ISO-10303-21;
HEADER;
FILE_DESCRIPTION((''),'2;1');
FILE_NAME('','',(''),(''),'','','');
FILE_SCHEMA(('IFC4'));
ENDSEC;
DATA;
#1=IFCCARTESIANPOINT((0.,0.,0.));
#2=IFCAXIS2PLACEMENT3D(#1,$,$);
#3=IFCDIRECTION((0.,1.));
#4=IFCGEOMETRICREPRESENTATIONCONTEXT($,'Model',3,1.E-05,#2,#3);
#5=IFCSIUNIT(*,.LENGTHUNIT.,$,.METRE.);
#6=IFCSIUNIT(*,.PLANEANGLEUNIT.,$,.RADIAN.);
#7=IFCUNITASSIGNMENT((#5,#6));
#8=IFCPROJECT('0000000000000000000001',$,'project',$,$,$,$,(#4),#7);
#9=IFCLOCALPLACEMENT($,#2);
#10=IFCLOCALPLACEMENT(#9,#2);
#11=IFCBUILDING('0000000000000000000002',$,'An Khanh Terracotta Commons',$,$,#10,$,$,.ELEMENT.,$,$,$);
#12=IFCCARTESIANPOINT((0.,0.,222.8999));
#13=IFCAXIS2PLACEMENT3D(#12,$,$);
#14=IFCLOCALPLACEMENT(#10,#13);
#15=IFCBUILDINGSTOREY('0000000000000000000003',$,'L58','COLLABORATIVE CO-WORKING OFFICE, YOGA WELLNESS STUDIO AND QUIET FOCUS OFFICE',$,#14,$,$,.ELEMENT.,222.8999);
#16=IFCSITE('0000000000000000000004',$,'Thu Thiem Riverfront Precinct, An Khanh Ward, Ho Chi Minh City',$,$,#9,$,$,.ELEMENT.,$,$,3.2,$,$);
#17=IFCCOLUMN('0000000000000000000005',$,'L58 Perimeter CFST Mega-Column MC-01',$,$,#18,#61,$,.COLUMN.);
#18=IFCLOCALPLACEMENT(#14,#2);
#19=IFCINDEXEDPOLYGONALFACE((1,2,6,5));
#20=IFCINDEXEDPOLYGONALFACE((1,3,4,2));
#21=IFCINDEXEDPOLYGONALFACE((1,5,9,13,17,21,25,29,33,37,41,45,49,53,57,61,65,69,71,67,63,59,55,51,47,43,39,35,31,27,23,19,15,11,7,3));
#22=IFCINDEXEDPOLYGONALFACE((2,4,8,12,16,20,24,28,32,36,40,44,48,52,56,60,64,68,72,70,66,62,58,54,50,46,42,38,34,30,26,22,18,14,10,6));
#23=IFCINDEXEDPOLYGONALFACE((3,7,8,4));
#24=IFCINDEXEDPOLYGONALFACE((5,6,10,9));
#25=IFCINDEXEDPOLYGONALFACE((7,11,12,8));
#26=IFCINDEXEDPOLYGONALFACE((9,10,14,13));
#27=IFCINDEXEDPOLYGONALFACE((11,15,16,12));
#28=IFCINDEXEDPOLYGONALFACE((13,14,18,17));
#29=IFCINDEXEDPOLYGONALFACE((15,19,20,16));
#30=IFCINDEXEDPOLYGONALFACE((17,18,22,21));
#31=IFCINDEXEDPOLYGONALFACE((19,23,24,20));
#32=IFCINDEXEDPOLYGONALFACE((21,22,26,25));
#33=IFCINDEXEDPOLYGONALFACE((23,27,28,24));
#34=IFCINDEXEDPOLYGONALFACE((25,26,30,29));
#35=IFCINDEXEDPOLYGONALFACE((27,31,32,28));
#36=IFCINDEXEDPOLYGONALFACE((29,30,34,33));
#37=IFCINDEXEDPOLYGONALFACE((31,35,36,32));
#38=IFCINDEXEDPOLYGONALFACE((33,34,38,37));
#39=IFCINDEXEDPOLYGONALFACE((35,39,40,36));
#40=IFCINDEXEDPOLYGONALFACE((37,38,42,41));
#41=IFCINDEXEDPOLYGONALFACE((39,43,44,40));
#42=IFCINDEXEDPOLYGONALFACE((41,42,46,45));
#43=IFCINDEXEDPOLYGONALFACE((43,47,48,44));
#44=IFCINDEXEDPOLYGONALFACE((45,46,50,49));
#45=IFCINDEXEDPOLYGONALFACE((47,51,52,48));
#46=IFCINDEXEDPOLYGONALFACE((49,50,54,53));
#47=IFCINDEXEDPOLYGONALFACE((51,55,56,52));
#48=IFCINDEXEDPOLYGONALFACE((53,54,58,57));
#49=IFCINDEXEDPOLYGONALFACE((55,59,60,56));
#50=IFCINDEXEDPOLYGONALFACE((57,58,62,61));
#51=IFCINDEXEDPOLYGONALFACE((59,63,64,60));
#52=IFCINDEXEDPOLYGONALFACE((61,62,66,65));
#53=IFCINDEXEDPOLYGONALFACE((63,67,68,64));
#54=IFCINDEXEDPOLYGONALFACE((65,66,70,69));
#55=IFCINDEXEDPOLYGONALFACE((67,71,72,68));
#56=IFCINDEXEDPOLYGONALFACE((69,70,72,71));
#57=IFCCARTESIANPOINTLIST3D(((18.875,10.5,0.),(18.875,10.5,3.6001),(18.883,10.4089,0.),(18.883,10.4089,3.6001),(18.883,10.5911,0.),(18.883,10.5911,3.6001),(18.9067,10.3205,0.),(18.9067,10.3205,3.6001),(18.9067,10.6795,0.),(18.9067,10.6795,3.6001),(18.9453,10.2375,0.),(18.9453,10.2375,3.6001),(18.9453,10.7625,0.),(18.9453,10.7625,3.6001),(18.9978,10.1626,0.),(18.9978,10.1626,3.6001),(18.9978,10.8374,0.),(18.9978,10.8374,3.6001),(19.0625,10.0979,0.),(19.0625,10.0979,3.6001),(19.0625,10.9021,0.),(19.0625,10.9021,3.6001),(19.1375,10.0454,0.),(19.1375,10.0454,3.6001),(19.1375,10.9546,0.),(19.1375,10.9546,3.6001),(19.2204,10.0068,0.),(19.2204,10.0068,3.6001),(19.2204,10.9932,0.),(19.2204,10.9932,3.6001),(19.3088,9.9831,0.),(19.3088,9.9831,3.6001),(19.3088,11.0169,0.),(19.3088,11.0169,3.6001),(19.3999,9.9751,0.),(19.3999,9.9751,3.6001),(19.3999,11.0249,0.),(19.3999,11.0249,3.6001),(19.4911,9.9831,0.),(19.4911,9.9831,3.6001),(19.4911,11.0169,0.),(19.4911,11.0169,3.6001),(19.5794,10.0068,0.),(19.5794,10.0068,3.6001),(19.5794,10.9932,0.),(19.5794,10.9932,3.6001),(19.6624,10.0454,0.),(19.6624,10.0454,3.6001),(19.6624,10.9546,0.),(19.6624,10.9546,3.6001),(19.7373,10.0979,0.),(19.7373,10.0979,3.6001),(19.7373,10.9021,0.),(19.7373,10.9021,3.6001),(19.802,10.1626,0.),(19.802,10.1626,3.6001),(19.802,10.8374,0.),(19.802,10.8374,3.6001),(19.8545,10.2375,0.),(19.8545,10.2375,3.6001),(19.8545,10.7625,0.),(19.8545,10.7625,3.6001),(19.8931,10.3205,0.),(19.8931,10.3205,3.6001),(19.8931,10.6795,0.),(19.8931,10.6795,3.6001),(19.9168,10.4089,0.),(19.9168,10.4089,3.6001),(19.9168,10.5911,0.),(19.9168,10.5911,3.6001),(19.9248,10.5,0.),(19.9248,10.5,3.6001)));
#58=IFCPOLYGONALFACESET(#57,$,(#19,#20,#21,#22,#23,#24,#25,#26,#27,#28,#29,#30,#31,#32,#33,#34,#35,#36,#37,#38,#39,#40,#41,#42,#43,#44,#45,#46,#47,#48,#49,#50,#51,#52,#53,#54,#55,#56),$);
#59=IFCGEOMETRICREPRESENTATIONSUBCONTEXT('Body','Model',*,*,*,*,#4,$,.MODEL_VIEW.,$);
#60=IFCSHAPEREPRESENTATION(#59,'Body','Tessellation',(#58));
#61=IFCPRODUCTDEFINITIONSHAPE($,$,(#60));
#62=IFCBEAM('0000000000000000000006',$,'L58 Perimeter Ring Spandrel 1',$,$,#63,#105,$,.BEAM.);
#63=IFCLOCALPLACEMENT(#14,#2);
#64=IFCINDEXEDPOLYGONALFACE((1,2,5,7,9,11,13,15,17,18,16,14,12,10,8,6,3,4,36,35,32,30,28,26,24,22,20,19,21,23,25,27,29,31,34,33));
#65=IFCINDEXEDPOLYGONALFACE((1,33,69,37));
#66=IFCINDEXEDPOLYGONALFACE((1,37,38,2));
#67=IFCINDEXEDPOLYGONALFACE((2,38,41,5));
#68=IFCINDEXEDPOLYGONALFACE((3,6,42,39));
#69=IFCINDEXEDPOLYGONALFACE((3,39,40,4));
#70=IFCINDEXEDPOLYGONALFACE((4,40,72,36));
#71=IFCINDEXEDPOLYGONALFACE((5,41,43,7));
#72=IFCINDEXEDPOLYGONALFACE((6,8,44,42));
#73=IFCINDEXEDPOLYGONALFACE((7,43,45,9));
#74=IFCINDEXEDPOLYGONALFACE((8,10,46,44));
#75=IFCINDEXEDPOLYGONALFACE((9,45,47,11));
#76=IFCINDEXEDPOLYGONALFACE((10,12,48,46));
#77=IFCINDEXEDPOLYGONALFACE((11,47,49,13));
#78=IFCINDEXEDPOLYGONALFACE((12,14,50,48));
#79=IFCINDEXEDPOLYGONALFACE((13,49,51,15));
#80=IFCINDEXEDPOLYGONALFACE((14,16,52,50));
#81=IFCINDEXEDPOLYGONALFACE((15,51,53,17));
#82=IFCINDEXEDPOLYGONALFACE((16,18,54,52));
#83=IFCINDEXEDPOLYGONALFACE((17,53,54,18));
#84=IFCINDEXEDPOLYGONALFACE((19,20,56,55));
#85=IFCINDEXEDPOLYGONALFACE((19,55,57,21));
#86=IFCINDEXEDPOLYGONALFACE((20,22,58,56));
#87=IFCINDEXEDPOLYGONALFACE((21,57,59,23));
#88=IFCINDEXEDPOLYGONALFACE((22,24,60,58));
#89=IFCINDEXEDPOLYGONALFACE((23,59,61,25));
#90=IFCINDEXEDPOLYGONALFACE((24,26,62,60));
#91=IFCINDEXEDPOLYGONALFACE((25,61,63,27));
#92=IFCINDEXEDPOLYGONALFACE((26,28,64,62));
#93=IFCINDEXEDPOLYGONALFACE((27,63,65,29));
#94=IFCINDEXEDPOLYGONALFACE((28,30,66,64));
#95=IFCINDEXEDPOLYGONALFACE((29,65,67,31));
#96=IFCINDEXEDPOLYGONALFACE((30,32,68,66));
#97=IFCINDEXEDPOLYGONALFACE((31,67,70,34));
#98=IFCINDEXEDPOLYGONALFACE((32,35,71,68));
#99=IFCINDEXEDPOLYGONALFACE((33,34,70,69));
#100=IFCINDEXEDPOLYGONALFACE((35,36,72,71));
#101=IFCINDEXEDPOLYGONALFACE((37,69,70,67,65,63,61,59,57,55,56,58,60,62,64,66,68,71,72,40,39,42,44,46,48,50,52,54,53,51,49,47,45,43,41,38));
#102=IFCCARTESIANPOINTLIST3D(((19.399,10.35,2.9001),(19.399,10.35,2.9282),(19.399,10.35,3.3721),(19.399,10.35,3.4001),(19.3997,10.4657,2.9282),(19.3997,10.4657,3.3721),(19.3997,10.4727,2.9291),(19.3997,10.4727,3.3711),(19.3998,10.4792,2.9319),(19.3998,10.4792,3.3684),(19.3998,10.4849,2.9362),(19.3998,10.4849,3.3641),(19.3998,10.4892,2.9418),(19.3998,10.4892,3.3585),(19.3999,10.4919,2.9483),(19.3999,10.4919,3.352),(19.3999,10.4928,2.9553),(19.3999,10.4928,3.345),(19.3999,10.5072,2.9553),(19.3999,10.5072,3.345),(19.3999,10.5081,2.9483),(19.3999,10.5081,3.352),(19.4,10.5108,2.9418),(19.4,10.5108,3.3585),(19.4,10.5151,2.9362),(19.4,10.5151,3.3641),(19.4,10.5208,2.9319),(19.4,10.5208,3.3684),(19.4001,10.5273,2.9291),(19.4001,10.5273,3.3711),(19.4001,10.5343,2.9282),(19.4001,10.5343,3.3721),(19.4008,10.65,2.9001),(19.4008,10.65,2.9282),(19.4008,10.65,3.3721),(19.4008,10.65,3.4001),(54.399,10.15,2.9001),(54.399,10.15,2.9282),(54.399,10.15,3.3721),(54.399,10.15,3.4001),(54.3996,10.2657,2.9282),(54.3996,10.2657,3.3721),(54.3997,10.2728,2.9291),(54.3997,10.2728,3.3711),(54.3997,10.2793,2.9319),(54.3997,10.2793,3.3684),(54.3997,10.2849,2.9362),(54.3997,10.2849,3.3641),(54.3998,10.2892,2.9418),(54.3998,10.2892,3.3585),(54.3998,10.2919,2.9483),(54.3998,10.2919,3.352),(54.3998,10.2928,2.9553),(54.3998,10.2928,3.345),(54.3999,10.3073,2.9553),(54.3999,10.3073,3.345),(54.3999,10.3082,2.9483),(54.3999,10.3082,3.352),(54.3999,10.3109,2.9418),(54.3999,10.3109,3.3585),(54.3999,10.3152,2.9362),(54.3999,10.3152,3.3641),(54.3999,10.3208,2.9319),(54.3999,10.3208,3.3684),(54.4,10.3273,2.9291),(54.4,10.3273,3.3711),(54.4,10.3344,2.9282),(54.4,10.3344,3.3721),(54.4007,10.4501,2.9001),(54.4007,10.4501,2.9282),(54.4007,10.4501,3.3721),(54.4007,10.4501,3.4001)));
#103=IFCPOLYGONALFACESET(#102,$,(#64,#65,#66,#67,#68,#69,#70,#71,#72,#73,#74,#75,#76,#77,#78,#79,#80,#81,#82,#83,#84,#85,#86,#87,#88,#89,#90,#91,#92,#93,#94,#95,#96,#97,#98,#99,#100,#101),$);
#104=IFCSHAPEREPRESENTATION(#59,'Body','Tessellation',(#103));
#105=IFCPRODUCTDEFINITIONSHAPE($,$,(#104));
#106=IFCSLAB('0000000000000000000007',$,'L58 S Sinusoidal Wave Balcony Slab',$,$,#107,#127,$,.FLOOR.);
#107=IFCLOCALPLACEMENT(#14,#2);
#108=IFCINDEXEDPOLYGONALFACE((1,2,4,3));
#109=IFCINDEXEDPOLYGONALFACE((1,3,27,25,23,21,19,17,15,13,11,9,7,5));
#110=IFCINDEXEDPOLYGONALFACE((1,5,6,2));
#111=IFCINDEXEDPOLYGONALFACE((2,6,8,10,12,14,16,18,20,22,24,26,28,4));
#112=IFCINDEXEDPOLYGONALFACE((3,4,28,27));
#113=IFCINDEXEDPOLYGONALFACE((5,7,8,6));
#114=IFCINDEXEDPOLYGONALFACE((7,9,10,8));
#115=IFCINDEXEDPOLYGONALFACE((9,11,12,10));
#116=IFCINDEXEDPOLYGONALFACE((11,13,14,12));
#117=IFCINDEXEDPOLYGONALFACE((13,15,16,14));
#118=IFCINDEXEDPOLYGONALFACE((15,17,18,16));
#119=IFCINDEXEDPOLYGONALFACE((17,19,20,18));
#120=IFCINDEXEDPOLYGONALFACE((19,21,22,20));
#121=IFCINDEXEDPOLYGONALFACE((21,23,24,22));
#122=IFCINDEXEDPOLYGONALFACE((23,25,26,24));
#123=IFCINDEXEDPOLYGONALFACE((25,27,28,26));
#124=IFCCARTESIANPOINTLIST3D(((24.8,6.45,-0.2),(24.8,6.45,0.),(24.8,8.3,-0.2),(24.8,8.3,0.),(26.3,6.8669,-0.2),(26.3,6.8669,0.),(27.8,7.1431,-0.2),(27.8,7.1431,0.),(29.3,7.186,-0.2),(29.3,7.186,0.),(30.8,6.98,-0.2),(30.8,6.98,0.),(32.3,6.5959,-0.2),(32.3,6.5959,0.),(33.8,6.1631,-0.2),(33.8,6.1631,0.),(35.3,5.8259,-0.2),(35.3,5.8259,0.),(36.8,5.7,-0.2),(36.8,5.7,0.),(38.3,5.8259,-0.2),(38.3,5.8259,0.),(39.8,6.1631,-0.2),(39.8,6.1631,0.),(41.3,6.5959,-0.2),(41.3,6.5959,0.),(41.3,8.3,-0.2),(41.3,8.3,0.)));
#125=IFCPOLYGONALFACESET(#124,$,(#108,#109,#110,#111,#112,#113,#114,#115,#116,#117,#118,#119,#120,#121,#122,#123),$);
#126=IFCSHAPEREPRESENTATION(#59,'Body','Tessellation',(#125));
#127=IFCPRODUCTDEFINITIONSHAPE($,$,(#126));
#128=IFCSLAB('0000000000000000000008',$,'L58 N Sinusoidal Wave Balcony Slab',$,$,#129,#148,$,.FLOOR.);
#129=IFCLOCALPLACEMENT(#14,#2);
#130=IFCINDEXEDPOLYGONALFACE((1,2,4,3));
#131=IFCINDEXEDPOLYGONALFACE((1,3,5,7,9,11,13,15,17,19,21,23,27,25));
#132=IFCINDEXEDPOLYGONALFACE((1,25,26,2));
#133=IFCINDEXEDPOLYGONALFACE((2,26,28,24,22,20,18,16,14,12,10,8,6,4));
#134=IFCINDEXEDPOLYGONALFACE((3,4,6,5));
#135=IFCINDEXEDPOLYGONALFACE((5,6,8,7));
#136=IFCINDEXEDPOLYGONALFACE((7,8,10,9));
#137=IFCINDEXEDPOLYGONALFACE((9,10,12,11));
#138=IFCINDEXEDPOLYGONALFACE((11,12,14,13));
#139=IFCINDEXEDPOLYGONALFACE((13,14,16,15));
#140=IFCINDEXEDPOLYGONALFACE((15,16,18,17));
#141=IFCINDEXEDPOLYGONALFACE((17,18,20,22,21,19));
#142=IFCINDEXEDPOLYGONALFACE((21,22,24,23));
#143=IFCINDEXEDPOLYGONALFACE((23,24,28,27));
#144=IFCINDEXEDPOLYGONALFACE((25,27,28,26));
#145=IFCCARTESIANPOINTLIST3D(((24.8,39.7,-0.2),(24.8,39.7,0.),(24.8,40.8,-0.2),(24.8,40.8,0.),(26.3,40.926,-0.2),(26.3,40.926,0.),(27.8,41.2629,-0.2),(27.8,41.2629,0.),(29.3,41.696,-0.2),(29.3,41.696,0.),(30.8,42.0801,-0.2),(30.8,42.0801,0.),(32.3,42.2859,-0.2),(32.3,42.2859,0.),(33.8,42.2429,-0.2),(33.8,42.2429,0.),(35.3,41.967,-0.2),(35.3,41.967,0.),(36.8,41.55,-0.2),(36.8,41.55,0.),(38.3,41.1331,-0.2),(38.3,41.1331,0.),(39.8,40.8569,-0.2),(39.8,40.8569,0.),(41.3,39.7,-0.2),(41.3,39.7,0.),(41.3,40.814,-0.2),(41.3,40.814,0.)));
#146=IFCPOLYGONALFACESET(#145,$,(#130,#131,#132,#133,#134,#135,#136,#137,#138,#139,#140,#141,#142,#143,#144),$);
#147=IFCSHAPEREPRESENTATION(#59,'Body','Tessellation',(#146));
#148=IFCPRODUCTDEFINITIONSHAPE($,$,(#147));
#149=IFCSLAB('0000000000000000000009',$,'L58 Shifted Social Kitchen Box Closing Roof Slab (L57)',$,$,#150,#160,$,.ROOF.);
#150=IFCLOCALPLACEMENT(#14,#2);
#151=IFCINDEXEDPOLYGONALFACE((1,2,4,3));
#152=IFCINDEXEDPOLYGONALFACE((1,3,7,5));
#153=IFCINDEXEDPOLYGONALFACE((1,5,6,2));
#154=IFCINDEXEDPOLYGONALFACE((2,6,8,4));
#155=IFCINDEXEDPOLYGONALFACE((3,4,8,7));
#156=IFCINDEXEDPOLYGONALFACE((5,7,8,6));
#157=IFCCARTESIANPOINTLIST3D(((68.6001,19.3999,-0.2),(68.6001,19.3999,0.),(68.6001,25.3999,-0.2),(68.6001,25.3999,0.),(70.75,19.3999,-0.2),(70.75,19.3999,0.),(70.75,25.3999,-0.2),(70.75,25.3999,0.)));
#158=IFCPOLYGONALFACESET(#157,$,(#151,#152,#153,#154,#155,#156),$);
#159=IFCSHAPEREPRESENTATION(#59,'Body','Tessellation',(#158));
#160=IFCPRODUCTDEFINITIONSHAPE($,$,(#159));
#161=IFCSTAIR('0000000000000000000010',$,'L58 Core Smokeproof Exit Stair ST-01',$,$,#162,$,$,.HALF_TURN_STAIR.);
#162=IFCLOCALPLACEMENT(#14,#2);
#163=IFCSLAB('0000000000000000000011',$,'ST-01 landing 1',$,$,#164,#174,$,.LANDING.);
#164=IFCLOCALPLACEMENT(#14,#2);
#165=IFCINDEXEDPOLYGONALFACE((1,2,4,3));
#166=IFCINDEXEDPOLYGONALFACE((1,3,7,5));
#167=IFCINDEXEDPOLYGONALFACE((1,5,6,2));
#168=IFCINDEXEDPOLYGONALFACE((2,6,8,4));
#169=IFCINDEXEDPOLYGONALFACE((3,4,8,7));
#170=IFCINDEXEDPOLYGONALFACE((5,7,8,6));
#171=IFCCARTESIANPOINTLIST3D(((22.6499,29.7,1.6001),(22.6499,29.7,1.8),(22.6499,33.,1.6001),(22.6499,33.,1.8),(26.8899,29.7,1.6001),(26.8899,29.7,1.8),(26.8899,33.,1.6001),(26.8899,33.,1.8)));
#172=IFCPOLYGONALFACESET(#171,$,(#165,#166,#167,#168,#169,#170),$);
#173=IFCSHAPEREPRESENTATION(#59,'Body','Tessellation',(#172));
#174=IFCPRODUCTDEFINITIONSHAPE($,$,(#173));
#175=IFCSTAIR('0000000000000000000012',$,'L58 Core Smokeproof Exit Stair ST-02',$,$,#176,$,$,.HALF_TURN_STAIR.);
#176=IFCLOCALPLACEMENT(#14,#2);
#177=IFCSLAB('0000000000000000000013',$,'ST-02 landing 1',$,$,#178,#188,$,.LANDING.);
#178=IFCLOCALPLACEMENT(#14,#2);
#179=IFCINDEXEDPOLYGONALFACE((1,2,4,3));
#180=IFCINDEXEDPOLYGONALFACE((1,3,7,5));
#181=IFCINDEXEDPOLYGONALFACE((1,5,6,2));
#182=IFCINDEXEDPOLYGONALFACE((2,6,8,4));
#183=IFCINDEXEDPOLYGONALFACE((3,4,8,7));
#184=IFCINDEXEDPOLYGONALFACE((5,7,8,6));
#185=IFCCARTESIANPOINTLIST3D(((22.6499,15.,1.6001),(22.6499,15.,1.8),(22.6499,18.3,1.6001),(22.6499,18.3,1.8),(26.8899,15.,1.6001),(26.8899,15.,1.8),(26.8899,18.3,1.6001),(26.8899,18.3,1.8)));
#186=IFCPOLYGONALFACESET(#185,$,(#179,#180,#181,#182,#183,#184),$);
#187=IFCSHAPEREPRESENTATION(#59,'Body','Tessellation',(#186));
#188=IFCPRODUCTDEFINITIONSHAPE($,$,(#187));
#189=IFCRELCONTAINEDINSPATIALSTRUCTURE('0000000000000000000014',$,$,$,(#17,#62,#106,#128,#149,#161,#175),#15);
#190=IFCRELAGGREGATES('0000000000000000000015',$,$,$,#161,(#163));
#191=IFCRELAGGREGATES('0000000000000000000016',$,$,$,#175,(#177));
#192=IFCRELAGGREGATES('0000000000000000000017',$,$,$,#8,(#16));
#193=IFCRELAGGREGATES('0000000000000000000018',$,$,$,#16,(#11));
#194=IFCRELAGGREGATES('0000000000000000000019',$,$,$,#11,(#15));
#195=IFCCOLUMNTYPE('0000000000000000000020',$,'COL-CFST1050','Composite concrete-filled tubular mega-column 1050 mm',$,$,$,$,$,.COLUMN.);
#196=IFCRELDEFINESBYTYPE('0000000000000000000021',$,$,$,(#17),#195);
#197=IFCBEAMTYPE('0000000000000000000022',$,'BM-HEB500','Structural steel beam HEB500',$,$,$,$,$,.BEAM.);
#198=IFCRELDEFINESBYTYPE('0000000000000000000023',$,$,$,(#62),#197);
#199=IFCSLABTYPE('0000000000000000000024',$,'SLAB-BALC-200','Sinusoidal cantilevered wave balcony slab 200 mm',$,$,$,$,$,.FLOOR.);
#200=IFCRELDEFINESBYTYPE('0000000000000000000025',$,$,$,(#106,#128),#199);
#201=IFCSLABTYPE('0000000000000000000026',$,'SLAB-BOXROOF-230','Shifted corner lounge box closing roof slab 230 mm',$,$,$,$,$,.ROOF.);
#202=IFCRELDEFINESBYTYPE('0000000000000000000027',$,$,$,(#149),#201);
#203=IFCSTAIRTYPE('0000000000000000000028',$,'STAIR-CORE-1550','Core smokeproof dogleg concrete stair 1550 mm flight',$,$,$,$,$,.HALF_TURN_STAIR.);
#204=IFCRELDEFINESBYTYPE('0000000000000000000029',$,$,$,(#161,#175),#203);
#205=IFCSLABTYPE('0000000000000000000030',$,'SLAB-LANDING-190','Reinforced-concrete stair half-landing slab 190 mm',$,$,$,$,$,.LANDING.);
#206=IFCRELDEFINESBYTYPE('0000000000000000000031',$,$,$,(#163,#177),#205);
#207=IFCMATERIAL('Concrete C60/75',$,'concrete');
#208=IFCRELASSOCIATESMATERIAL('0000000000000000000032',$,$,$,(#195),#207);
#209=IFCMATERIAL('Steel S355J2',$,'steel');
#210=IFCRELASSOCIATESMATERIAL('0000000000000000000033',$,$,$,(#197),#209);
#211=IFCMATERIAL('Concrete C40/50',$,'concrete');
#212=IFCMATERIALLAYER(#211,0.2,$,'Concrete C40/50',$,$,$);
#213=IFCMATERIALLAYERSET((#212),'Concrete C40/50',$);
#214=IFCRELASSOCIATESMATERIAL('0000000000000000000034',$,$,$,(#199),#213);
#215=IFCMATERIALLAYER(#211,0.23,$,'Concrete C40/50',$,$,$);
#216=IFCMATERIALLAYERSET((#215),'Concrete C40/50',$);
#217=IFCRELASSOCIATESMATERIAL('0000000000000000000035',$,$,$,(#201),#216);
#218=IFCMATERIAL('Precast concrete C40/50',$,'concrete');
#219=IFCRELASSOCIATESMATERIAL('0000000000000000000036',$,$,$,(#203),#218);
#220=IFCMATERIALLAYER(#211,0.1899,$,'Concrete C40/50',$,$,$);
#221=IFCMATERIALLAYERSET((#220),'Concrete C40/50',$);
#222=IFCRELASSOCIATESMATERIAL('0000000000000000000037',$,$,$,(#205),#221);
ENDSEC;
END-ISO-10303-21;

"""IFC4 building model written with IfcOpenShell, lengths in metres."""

from ifc_helpers import new_model, si_unit, direction, frame, origin, origin_2d, place, context, subcontext, project, spatial, polyline, circle, i_section, outline, extrude, material, layer, layer_set, material_profile, profile_set, type_object, element, aggregate, save


model = new_model("IFC4")

# Units and contexts
model_context = context("Model", 3, precision=1e-05, world=origin(), true_north=direction((0.0, 1.0)))
body_context = subcontext(model_context, "Body", "Model", "MODEL_VIEW")
ifc_project = project(units=[si_unit("LENGTHUNIT", "METRE"), si_unit("PLANEANGLEUNIT", "RADIAN")], contexts=[model_context])

# Site, building, storey
site_placement = place(None, origin())
site = spatial("IfcSite", under=ifc_project, at=site_placement, Name="Thu Thiem Riverfront Precinct, An Khanh Ward, Ho Chi Minh City", CompositionType="ELEMENT", RefElevation=3.2)
building_placement = place(site_placement, origin())
building = spatial("IfcBuilding", under=site, at=building_placement, Name="An Khanh Terracotta Commons", CompositionType="ELEMENT")
storey_placement = place(building_placement, frame((0.0, 0.0, 222.8999)))
storey = spatial("IfcBuildingStorey", under=building, at=storey_placement, Name="L58", Description="COLLABORATIVE CO-WORKING OFFICE, YOGA WELLNESS STUDIO AND QUIET FOCUS OFFICE", CompositionType="ELEMENT", Elevation=222.8999)

# Column
ifc_material_1 = material(Name="Concrete C60/75", Category="concrete")
ifc_material_profile_1 = material_profile(ifc_material_1, circle(Radius=0.5249, at=origin_2d()), Name="CFST1050")
ifc_profile_set_1 = profile_set([ifc_material_profile_1], Name="Concrete C60/75")
column_type = type_object("IfcColumnType", Name="COL-CFST1050", Description="Composite concrete-filled tubular mega-column 1050 mm", PredefinedType="COLUMN", material=ifc_profile_set_1)
column_placement = place(storey_placement, frame((19.3999, 10.5, 0.0), z_axis=(0.0, 0.0, 1.0), x_axis=(1.0, 0.0, 0.0)))
element("IfcColumn", 1, at=column_placement, inside=storey, type_object=column_type, Name="L58 Perimeter CFST Mega-Column MC-01", PredefinedType="COLUMN", context=body_context, shape_type="SweptSolid", body=[
    extrude(circle(Radius=0.5249, at=origin_2d()), origin(), (0.0, 0.0, 1.0), 3.6001),
])

# Beam
ifc_material_2 = material(Name="Steel S355J2", Category="steel")
ifc_material_profile_2 = material_profile(ifc_material_2, i_section(OverallWidth=0.3, OverallDepth=0.5, WebThickness=0.0144, FlangeThickness=0.0281, FilletRadius=0.0271, at=origin_2d()), Name="HEB500")
ifc_profile_set_2 = profile_set([ifc_material_profile_2], Name="Steel S355J2")
beam_type = type_object("IfcBeamType", Name="BM-HEB500", Description="Structural steel beam HEB500", PredefinedType="BEAM", material=ifc_profile_set_2)
beam_placement = place(storey_placement, frame((19.3999, 10.5, 3.1501), z_axis=(0.999984, -0.005713, 0.0), x_axis=(0.005713, 0.999984, 0.0)))
element("IfcBeam", 2, at=beam_placement, inside=storey, type_object=beam_type, Name="L58 Perimeter Ring Spandrel 1", PredefinedType="BEAM", context=body_context, shape_type="SweptSolid", body=[
    extrude(i_section(OverallWidth=0.3, OverallDepth=0.5, WebThickness=0.0144, FlangeThickness=0.0281, FilletRadius=0.0271, at=origin_2d()), origin(), (0.0, 0.0, 1.0), 35.0005),
])

# Slabs
ifc_material_3 = material(Name="Concrete C40/50", Category="concrete")
ifc_layer_1 = layer(ifc_material_3, 0.2, Name="Concrete C40/50")
ifc_layer_set_1 = layer_set([ifc_layer_1], Name="Concrete C40/50")
slab_type_1 = type_object("IfcSlabType", Name="SLAB-BALC-200", Description="Sinusoidal cantilevered wave balcony slab 200 mm", PredefinedType="FLOOR", material=ifc_layer_set_1)
slab_1_placement = place(storey_placement, frame((0.0, 0.0, -0.2)))
element("IfcSlab", 3, at=slab_1_placement, inside=storey, type_object=slab_type_1, Name="L58 S Sinusoidal Wave Balcony Slab", PredefinedType="FLOOR", context=body_context, shape_type="SweptSolid", body=[
    extrude(outline(polyline([(24.8, 8.3), (24.8, 6.45), (26.3, 6.8669), (27.8, 7.1431), (29.3, 7.186), (30.8, 6.98), (32.3, 6.5959), (33.8, 6.1631), (35.3, 5.8259), (36.8, 5.7), (38.3, 5.8259), (39.8, 6.1631), (41.3, 6.5959), (41.3, 8.3), (24.8, 8.3)])), origin(), (0.0, 0.0, 1.0), 0.2),
])
slab_2_placement = place(storey_placement, frame((0.0, 0.0, -0.2)))
element("IfcSlab", 4, at=slab_2_placement, inside=storey, type_object=slab_type_1, Name="L58 N Sinusoidal Wave Balcony Slab", PredefinedType="FLOOR", context=body_context, shape_type="SweptSolid", body=[
    extrude(outline(polyline([(41.3, 39.7), (41.3, 40.814), (39.8, 40.8569), (38.3, 41.1331), (36.8, 41.55), (35.3, 41.967), (33.8, 42.2429), (32.3, 42.2859), (30.8, 42.0801), (29.3, 41.696), (27.8, 41.2629), (26.3, 40.926), (24.8, 40.8), (24.8, 39.7), (41.3, 39.7)])), origin(), (0.0, 0.0, 1.0), 0.2),
])
ifc_layer_2 = layer(ifc_material_3, 0.23, Name="Concrete C40/50")
ifc_layer_set_2 = layer_set([ifc_layer_2], Name="Concrete C40/50")
slab_type_2 = type_object("IfcSlabType", Name="SLAB-BOXROOF-230", Description="Shifted corner lounge box closing roof slab 230 mm", PredefinedType="ROOF", material=ifc_layer_set_2)
slab_3_placement = place(storey_placement, frame((0.0, 0.0, -0.2)))
element("IfcSlab", 5, at=slab_3_placement, inside=storey, type_object=slab_type_2, Name="L58 Shifted Social Kitchen Box Closing Roof Slab (L57)", PredefinedType="ROOF", context=body_context, shape_type="SweptSolid", body=[
    extrude(outline(polyline([(68.6001, 19.3999), (70.75, 19.3999), (70.75, 25.3999), (68.6001, 25.3999), (68.6001, 19.3999)])), origin(), (0.0, 0.0, 1.0), 0.2),
])

# Stairs, slabs
ifc_material_4 = material(Name="Precast concrete C40/50", Category="concrete")
stair_type = type_object("IfcStairType", Name="STAIR-CORE-1550", Description="Core smokeproof dogleg concrete stair 1550 mm flight", PredefinedType="HALF_TURN_STAIR", material=ifc_material_4)
stair_1_placement = place(storey_placement, origin())
stair_1 = element("IfcStair", 6, at=stair_1_placement, inside=storey, type_object=stair_type, Name="L58 Core Smokeproof Exit Stair ST-01", PredefinedType="HALF_TURN_STAIR")
ifc_layer_3 = layer(ifc_material_3, 0.1899, Name="Concrete C40/50")
ifc_layer_set_3 = layer_set([ifc_layer_3], Name="Concrete C40/50")
slab_type_3 = type_object("IfcSlabType", Name="SLAB-LANDING-190", Description="Reinforced-concrete stair half-landing slab 190 mm", PredefinedType="LANDING", material=ifc_layer_set_3)
slab_4_placement = place(storey_placement, frame((0.0, 0.0, 1.6001)))
slab_4 = element("IfcSlab", 7, at=slab_4_placement, type_object=slab_type_3, Name="ST-01 landing 1", PredefinedType="LANDING", context=body_context, shape_type="SweptSolid", body=[
    extrude(outline(polyline([(26.8899, 33.0), (22.6499, 33.0), (22.6499, 29.7), (26.8899, 29.7), (26.8899, 33.0)])), origin(), (0.0, 0.0, 1.0), 0.2),
])
aggregate(stair_1, [slab_4])
stair_2_placement = place(storey_placement, origin())
stair_2 = element("IfcStair", 8, at=stair_2_placement, inside=storey, type_object=stair_type, Name="L58 Core Smokeproof Exit Stair ST-02", PredefinedType="HALF_TURN_STAIR")
slab_5_placement = place(storey_placement, frame((0.0, 0.0, 1.6001)))
slab_5 = element("IfcSlab", 9, at=slab_5_placement, type_object=slab_type_3, Name="ST-02 landing 1", PredefinedType="LANDING", context=body_context, shape_type="SweptSolid", body=[
    extrude(outline(polyline([(26.8899, 18.3), (22.6499, 18.3), (22.6499, 15.0), (26.8899, 15.0), (26.8899, 18.3)])), origin(), (0.0, 0.0, 1.0), 0.2),
])
aggregate(stair_2, [slab_5])

save(model, "model.ifc")
